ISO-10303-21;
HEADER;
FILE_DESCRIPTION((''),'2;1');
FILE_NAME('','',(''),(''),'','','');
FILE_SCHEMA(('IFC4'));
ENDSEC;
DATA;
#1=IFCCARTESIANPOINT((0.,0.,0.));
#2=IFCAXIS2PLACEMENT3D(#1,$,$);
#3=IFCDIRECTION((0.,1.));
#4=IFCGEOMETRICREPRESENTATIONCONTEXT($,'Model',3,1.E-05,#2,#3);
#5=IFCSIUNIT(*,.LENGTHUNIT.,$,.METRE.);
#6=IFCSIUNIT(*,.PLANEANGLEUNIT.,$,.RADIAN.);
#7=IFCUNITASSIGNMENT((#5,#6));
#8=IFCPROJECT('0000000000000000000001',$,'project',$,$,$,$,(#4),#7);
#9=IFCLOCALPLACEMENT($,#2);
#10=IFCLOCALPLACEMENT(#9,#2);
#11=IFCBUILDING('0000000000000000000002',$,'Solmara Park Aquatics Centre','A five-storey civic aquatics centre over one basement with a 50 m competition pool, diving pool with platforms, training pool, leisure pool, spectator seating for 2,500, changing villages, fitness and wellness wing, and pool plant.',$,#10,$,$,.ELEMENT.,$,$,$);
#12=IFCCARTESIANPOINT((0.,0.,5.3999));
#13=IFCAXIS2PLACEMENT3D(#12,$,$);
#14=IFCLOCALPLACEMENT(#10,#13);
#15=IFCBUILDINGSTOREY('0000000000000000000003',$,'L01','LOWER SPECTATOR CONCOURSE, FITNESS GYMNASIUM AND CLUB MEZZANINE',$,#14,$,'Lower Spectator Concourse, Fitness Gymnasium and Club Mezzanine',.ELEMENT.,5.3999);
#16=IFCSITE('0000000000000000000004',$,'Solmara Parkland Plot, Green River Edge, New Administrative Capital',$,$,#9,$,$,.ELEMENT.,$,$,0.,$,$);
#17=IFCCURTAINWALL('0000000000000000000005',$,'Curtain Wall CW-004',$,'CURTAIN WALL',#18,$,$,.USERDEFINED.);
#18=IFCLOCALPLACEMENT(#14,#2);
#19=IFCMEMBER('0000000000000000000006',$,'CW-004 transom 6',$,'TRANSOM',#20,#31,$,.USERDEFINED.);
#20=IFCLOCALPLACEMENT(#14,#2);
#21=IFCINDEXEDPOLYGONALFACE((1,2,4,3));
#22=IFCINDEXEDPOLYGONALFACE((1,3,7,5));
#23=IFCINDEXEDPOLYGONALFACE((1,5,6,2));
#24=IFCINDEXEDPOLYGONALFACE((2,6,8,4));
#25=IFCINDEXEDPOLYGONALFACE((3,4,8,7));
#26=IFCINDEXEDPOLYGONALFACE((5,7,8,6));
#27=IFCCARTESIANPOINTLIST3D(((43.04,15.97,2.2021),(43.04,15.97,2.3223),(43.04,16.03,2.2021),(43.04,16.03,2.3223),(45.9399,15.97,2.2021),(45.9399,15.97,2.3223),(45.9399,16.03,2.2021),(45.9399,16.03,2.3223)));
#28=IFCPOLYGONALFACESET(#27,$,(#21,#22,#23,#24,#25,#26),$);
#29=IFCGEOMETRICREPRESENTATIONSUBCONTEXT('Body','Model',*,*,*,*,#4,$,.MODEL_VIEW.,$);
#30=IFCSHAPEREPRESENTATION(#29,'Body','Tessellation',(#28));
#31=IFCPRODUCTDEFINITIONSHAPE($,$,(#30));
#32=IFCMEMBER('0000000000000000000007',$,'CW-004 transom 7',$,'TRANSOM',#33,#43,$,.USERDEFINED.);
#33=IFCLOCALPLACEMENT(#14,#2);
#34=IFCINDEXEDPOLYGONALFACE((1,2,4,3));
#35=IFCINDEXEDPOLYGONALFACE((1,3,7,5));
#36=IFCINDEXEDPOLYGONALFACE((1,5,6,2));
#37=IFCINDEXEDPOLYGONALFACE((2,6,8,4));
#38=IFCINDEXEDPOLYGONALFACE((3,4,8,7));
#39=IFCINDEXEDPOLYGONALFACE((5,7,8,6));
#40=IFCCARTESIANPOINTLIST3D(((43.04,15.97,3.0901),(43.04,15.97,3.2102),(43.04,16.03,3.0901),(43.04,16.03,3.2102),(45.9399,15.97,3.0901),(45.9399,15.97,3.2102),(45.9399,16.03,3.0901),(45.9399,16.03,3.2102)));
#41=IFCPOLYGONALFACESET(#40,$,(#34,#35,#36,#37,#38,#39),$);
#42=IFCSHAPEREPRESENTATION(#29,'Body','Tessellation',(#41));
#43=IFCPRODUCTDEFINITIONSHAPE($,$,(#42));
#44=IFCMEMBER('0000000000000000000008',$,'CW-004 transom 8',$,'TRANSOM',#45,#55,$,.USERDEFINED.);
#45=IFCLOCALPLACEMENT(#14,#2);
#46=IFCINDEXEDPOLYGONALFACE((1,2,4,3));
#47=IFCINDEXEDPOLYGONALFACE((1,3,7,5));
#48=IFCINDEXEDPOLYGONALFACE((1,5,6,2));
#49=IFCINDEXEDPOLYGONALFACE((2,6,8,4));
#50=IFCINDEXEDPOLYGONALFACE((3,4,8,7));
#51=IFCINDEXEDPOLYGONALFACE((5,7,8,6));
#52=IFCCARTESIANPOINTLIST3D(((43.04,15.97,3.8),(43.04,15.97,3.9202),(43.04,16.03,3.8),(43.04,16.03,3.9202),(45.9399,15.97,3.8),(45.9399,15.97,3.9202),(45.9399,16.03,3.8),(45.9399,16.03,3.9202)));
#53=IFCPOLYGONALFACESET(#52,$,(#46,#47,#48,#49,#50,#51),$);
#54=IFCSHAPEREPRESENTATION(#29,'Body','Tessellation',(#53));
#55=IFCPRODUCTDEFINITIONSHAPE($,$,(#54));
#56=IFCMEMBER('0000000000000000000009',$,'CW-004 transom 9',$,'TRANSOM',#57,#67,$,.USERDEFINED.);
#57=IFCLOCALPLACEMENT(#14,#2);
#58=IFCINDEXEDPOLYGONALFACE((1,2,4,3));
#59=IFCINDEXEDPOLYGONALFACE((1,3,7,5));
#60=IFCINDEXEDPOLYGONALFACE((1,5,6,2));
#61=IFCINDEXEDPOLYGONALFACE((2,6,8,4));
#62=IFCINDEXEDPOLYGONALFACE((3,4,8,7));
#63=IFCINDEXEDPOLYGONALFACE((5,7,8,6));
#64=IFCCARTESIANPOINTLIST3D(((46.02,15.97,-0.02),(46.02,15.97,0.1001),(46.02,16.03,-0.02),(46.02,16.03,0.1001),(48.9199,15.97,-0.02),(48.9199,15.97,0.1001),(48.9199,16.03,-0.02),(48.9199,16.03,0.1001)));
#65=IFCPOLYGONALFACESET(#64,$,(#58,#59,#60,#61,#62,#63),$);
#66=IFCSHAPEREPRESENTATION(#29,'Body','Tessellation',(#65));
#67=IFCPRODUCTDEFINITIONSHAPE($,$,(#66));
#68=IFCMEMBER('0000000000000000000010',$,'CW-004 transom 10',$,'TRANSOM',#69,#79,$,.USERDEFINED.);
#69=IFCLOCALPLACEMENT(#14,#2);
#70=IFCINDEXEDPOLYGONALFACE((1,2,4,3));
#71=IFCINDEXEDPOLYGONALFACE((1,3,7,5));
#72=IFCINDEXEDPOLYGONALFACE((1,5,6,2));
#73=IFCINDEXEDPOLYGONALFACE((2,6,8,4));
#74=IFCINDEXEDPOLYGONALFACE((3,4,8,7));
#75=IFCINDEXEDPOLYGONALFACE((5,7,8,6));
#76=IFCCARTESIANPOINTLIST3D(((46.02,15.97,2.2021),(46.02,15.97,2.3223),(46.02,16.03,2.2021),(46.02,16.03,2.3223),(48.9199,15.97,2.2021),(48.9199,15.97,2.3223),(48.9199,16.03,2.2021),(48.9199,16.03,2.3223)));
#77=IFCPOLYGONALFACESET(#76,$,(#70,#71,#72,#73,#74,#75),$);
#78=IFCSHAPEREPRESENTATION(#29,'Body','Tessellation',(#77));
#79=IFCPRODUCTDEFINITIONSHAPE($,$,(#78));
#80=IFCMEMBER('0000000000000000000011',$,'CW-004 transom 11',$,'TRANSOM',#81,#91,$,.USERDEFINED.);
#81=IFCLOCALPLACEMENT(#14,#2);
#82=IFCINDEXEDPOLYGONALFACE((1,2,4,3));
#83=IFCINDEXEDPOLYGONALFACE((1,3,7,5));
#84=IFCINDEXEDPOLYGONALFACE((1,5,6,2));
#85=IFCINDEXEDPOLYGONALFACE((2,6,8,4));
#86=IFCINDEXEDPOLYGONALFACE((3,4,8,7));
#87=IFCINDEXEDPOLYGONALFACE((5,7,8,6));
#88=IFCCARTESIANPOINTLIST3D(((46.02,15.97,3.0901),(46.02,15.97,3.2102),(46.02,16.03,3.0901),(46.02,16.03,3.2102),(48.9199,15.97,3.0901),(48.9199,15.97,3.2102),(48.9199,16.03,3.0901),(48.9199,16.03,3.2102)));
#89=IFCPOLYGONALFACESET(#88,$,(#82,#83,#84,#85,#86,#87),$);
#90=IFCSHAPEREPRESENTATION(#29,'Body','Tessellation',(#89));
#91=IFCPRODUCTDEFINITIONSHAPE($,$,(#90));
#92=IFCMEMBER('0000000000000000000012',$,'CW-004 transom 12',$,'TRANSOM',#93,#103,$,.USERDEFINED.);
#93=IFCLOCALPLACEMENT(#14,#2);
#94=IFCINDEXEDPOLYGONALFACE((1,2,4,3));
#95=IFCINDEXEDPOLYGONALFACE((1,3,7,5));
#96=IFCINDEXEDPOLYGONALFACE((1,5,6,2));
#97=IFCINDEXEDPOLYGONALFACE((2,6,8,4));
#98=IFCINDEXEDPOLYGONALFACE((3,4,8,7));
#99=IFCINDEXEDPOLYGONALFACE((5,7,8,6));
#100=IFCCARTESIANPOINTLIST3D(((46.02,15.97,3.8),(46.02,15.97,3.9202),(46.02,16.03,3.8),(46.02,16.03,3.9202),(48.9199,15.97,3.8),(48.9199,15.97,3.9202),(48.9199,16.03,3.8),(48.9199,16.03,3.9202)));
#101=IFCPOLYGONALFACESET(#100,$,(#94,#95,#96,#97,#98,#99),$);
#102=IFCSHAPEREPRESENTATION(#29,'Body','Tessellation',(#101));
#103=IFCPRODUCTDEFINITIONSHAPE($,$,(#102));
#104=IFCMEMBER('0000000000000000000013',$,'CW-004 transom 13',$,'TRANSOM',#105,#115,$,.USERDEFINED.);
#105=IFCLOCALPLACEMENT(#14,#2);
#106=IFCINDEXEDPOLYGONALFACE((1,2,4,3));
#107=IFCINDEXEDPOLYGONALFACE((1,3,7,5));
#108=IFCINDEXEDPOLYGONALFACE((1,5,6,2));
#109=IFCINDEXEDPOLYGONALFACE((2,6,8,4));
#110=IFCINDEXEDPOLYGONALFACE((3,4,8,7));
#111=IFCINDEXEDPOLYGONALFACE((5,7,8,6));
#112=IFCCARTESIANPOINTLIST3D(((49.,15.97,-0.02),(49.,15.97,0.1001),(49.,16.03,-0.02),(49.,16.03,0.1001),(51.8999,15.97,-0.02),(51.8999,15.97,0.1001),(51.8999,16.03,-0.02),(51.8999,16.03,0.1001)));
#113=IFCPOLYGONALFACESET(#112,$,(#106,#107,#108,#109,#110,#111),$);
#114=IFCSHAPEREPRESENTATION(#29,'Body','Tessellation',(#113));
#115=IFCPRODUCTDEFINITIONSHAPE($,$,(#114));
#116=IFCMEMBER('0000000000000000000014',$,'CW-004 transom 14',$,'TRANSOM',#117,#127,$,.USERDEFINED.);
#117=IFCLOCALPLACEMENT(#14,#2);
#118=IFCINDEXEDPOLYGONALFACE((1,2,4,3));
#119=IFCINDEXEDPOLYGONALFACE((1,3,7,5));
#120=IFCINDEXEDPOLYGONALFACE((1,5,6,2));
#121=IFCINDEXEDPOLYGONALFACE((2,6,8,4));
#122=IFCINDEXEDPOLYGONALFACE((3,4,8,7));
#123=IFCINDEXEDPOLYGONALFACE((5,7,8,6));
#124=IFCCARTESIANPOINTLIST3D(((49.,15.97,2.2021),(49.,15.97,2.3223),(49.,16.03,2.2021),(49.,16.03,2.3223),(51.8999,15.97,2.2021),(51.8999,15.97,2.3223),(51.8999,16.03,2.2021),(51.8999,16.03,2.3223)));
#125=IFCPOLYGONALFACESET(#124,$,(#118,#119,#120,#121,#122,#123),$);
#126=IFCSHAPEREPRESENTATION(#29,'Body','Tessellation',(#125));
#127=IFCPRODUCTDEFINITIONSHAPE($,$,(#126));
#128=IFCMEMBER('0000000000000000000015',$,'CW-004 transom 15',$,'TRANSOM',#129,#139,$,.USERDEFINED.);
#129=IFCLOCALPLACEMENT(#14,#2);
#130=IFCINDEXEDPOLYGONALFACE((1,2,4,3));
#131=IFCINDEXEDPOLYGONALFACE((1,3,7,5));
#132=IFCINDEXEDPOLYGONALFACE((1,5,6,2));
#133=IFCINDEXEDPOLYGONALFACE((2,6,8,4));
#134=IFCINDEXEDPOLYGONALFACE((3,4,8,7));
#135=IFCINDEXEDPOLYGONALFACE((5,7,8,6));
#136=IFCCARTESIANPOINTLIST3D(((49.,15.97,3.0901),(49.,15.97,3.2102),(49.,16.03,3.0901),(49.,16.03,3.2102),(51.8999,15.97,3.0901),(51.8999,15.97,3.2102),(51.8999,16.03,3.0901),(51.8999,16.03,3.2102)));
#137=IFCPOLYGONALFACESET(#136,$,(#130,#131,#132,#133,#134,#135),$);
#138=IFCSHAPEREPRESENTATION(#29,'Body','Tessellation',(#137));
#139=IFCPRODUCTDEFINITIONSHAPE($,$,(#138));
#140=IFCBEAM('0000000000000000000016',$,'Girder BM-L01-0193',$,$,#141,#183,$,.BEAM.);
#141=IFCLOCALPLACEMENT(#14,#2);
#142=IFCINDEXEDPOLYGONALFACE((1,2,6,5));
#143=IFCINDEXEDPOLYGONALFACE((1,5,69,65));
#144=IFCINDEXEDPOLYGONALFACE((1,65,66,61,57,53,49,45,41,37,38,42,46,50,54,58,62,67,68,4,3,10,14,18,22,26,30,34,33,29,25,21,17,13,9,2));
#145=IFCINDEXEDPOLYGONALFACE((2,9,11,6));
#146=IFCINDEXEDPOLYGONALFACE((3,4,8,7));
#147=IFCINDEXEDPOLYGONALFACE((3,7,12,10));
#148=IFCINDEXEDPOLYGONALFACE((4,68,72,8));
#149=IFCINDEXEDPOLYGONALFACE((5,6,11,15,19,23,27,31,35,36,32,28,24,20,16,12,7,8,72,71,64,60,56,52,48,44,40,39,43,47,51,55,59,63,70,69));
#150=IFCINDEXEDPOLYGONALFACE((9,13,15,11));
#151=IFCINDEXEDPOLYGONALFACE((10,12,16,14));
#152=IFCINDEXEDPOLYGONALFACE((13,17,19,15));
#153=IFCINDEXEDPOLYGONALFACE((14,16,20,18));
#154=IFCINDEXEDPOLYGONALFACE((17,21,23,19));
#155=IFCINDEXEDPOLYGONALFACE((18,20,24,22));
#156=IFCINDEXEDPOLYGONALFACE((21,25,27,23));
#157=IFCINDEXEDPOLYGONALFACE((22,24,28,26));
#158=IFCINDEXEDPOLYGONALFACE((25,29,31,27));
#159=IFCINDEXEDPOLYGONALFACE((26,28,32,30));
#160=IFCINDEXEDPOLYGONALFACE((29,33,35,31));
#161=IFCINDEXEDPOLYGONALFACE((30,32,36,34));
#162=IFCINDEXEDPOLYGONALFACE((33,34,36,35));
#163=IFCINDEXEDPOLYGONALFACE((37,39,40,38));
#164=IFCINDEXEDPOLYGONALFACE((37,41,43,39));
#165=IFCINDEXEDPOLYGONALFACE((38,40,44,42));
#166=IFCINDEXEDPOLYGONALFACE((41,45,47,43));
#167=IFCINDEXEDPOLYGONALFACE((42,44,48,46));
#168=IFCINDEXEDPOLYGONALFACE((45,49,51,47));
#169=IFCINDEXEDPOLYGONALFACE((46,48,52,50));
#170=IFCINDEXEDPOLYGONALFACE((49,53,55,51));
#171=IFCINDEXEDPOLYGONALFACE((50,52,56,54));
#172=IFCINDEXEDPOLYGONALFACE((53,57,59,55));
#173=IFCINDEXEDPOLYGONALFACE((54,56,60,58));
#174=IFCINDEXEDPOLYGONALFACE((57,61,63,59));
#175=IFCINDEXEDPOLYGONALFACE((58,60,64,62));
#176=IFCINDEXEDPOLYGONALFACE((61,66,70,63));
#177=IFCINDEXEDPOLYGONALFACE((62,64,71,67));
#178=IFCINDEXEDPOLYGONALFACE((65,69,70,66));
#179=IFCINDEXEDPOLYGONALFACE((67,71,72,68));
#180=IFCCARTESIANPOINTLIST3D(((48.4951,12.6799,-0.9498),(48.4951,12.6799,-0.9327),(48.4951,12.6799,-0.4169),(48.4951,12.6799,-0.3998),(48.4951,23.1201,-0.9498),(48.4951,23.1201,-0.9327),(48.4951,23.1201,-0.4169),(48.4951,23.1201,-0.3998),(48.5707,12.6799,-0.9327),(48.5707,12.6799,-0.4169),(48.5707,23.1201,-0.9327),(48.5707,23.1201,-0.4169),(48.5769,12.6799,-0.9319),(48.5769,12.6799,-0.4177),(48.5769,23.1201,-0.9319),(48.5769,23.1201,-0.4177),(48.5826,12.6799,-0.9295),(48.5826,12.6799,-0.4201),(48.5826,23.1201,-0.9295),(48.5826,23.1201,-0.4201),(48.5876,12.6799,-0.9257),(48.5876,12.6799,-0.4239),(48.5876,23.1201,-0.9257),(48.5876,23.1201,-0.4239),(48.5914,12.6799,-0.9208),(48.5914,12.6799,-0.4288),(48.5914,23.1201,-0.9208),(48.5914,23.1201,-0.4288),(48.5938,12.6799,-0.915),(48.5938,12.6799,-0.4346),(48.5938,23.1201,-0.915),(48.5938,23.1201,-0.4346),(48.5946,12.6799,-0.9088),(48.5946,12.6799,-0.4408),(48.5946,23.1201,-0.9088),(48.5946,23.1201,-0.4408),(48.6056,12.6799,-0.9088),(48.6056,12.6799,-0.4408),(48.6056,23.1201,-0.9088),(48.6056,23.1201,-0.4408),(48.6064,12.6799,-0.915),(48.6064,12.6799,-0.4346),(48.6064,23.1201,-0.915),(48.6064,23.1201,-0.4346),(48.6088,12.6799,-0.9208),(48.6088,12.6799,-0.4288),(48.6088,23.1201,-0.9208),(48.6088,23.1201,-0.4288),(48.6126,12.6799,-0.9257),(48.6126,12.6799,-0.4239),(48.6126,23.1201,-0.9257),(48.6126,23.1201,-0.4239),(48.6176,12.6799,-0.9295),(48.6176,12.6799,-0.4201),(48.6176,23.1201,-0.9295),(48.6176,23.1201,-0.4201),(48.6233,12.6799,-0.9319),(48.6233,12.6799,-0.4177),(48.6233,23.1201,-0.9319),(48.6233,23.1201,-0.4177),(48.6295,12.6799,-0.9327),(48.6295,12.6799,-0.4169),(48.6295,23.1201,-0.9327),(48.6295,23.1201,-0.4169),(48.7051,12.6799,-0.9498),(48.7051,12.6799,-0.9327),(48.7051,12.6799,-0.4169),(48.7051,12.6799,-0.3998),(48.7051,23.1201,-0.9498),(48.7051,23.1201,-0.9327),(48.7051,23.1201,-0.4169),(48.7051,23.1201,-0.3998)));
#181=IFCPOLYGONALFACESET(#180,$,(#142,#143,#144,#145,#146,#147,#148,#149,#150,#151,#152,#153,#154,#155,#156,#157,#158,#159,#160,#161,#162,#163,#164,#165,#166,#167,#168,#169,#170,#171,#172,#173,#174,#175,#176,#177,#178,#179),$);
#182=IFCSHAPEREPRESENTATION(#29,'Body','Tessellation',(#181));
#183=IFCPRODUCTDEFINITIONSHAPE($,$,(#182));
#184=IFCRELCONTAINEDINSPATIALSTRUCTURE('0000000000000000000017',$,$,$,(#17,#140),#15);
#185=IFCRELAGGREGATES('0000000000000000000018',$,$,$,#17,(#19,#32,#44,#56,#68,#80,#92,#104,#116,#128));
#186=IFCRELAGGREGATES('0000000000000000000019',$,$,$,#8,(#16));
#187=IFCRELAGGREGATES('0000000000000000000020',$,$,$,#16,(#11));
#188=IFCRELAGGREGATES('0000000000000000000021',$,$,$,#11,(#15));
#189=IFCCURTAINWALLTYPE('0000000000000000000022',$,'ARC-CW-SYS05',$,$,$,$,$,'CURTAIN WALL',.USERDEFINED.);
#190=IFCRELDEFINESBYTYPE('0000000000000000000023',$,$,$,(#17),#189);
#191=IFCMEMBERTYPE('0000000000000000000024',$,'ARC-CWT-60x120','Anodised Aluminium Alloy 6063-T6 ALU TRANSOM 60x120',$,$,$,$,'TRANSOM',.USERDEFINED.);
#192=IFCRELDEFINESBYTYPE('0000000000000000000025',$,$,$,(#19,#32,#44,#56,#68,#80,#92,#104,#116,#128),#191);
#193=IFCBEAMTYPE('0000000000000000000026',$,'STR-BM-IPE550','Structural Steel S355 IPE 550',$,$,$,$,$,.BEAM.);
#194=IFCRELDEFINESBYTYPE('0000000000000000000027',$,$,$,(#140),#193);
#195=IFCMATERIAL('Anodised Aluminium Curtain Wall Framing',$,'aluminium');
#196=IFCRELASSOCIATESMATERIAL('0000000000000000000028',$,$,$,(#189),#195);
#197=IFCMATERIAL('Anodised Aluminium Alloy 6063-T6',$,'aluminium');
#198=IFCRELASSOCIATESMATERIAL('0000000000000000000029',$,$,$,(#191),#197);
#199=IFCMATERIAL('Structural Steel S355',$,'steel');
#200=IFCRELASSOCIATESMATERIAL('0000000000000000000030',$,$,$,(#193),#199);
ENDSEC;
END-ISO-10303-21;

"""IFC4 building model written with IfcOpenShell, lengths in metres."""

from ifc_helpers import new_model, si_unit, direction, frame, origin, origin_2d, place, context, subcontext, project, spatial, rectangle, i_section, extrude, material, material_profile, profile_set, type_object, element, aggregate, save


model = new_model("IFC4")

# Units and contexts
model_context = context("Model", 3, precision=1e-05, world=origin(), true_north=direction((0.0, 1.0)))
body_context = subcontext(model_context, "Body", "Model", "MODEL_VIEW")
ifc_project = project(units=[si_unit("LENGTHUNIT", "METRE"), si_unit("PLANEANGLEUNIT", "RADIAN")], contexts=[model_context])

# Site, building, storey
site_placement = place(None, origin())
site = spatial("IfcSite", under=ifc_project, at=site_placement, Name="Solmara Parkland Plot, Green River Edge, New Administrative Capital", CompositionType="ELEMENT", RefElevation=0.0)
building_placement = place(site_placement, origin())
building = spatial("IfcBuilding", under=site, at=building_placement, Name="Solmara Park Aquatics Centre", Description="A five-storey civic aquatics centre over one basement with a 50 m competition pool, diving pool with platforms, training pool, leisure pool, spectator seating for 2,500, changing villages, fitness and wellness wing, and pool plant.", CompositionType="ELEMENT")
storey_placement = place(building_placement, frame((0.0, 0.0, 5.3999)))
storey = spatial("IfcBuildingStorey", under=building, at=storey_placement, Name="L01", Description="LOWER SPECTATOR CONCOURSE, FITNESS GYMNASIUM AND CLUB MEZZANINE", LongName="Lower Spectator Concourse, Fitness Gymnasium and Club Mezzanine", CompositionType="ELEMENT", Elevation=5.3999)

# Shared definitions
ifc_material_1 = material(Name="Structural Steel S355", Category="steel")

# Shared definitions
ifc_material_2 = material(Name="Anodised Aluminium Curtain Wall Framing", Category="aluminium")
curtain_wall_type = type_object("IfcCurtainWallType", Name="ARC-CW-SYS05", ElementType="CURTAIN WALL", PredefinedType="USERDEFINED", material=ifc_material_2)
ifc_material_3 = material(Name="Anodised Aluminium Alloy 6063-T6", Category="aluminium")

# Curtain wall, members
curtain_wall_1_placement = place(storey_placement, origin())
curtain_wall_1 = element("IfcCurtainWall", 1, at=curtain_wall_1_placement, inside=storey, type_object=curtain_wall_type, Name="Curtain Wall CW-004", ObjectType="CURTAIN WALL", PredefinedType="USERDEFINED")
ifc_material_profile_1 = material_profile(ifc_material_3, rectangle(XDim=0.0601, YDim=0.1201, at=origin_2d()), Name="ALU TRANSOM 60x120")
ifc_profile_set_1 = profile_set([ifc_material_profile_1], Name="Anodised Aluminium Alloy 6063-T6")
member_type_1 = type_object("IfcMemberType", Name="ARC-CWT-60x120", Description="Anodised Aluminium Alloy 6063-T6 ALU TRANSOM 60x120", ElementType="TRANSOM", PredefinedType="USERDEFINED", material=ifc_profile_set_1)
member_1_placement = place(storey_placement, frame((43.04, 16.0, 2.2622), z_axis=(1.0, 0.0, 0.0), x_axis=(0.0, 1.0, 0.0)))
member_1 = element("IfcMember", 2, at=member_1_placement, type_object=member_type_1, Name="CW-004 transom 6", ObjectType="TRANSOM", PredefinedType="USERDEFINED", context=body_context, shape_type="SweptSolid", body=[
    extrude(rectangle(XDim=0.0601, YDim=0.1201, at=origin_2d()), origin(), (0.0, 0.0, 1.0), 2.8999),
])
member_2_placement = place(storey_placement, frame((43.04, 16.0, 3.1501), z_axis=(1.0, 0.0, 0.0), x_axis=(0.0, 1.0, 0.0)))
member_2 = element("IfcMember", 3, at=member_2_placement, type_object=member_type_1, Name="CW-004 transom 7", ObjectType="TRANSOM", PredefinedType="USERDEFINED", context=body_context, shape_type="SweptSolid", body=[
    extrude(rectangle(XDim=0.0601, YDim=0.1201, at=origin_2d()), origin(), (0.0, 0.0, 1.0), 2.8999),
])
member_3_placement = place(storey_placement, frame((43.04, 16.0, 3.8601), z_axis=(1.0, 0.0, 0.0), x_axis=(0.0, 1.0, 0.0)))
member_3 = element("IfcMember", 4, at=member_3_placement, type_object=member_type_1, Name="CW-004 transom 8", ObjectType="TRANSOM", PredefinedType="USERDEFINED", context=body_context, shape_type="SweptSolid", body=[
    extrude(rectangle(XDim=0.0601, YDim=0.1201, at=origin_2d()), origin(), (0.0, 0.0, 1.0), 2.8999),
])
member_4_placement = place(storey_placement, frame((46.02, 16.0, 0.04), z_axis=(1.0, 0.0, 0.0), x_axis=(0.0, 1.0, 0.0)))
member_4 = element("IfcMember", 5, at=member_4_placement, type_object=member_type_1, Name="CW-004 transom 9", ObjectType="TRANSOM", PredefinedType="USERDEFINED", context=body_context, shape_type="SweptSolid", body=[
    extrude(rectangle(XDim=0.0601, YDim=0.1201, at=origin_2d()), origin(), (0.0, 0.0, 1.0), 2.8999),
])
member_5_placement = place(storey_placement, frame((46.02, 16.0, 2.2622), z_axis=(1.0, 0.0, 0.0), x_axis=(0.0, 1.0, 0.0)))
member_5 = element("IfcMember", 6, at=member_5_placement, type_object=member_type_1, Name="CW-004 transom 10", ObjectType="TRANSOM", PredefinedType="USERDEFINED", context=body_context, shape_type="SweptSolid", body=[
    extrude(rectangle(XDim=0.0601, YDim=0.1201, at=origin_2d()), origin(), (0.0, 0.0, 1.0), 2.8999),
])
member_6_placement = place(storey_placement, frame((46.02, 16.0, 3.1501), z_axis=(1.0, 0.0, 0.0), x_axis=(0.0, 1.0, 0.0)))
member_6 = element("IfcMember", 7, at=member_6_placement, type_object=member_type_1, Name="CW-004 transom 11", ObjectType="TRANSOM", PredefinedType="USERDEFINED", context=body_context, shape_type="SweptSolid", body=[
    extrude(rectangle(XDim=0.0601, YDim=0.1201, at=origin_2d()), origin(), (0.0, 0.0, 1.0), 2.8999),
])
member_7_placement = place(storey_placement, frame((46.02, 16.0, 3.8601), z_axis=(1.0, 0.0, 0.0), x_axis=(0.0, 1.0, 0.0)))
member_7 = element("IfcMember", 8, at=member_7_placement, type_object=member_type_1, Name="CW-004 transom 12", ObjectType="TRANSOM", PredefinedType="USERDEFINED", context=body_context, shape_type="SweptSolid", body=[
    extrude(rectangle(XDim=0.0601, YDim=0.1201, at=origin_2d()), origin(), (0.0, 0.0, 1.0), 2.8999),
])
member_8_placement = place(storey_placement, frame((49.0, 16.0, 0.04), z_axis=(1.0, 0.0, 0.0), x_axis=(0.0, 1.0, 0.0)))
member_8 = element("IfcMember", 9, at=member_8_placement, type_object=member_type_1, Name="CW-004 transom 13", ObjectType="TRANSOM", PredefinedType="USERDEFINED", context=body_context, shape_type="SweptSolid", body=[
    extrude(rectangle(XDim=0.0601, YDim=0.1201, at=origin_2d()), origin(), (0.0, 0.0, 1.0), 2.8999),
])
member_9_placement = place(storey_placement, frame((49.0, 16.0, 2.2622), z_axis=(1.0, 0.0, 0.0), x_axis=(0.0, 1.0, 0.0)))
member_9 = element("IfcMember", 10, at=member_9_placement, type_object=member_type_1, Name="CW-004 transom 14", ObjectType="TRANSOM", PredefinedType="USERDEFINED", context=body_context, shape_type="SweptSolid", body=[
    extrude(rectangle(XDim=0.0601, YDim=0.1201, at=origin_2d()), origin(), (0.0, 0.0, 1.0), 2.8999),
])
member_10_placement = place(storey_placement, frame((49.0, 16.0, 3.1501), z_axis=(1.0, 0.0, 0.0), x_axis=(0.0, 1.0, 0.0)))
member_10 = element("IfcMember", 11, at=member_10_placement, type_object=member_type_1, Name="CW-004 transom 15", ObjectType="TRANSOM", PredefinedType="USERDEFINED", context=body_context, shape_type="SweptSolid", body=[
    extrude(rectangle(XDim=0.0601, YDim=0.1201, at=origin_2d()), origin(), (0.0, 0.0, 1.0), 2.8999),
])

# Beam
ifc_material_profile_2 = material_profile(ifc_material_1, i_section(OverallWidth=0.21, OverallDepth=0.55, WebThickness=0.011, FlangeThickness=0.0171, FilletRadius=0.0239, at=origin_2d()), Name="IPE 550")
ifc_profile_set_2 = profile_set([ifc_material_profile_2], Name="Structural Steel S355")
beam_type_1 = type_object("IfcBeamType", Name="STR-BM-IPE550", Description="Structural Steel S355 IPE 550", PredefinedType="BEAM", material=ifc_profile_set_2)
beam_1_placement = place(storey_placement, frame((48.6001, 12.6799, -0.6748), z_axis=(0.0, 1.0, 0.0), x_axis=(-1.0, 0.0, 0.0)))
element("IfcBeam", 12, at=beam_1_placement, inside=storey, type_object=beam_type_1, Name="Girder BM-L01-0193", PredefinedType="BEAM", context=body_context, shape_type="SweptSolid", body=[
    extrude(i_section(OverallWidth=0.21, OverallDepth=0.55, WebThickness=0.011, FlangeThickness=0.0171, FilletRadius=0.0239, at=origin_2d()), origin(), (0.0, 0.0, 1.0), 10.4402),
])

aggregate(curtain_wall_1, [member_1, member_2, member_3, member_4, member_5, member_6, member_7, member_8, member_9, member_10])

save(model, "model.ifc")
